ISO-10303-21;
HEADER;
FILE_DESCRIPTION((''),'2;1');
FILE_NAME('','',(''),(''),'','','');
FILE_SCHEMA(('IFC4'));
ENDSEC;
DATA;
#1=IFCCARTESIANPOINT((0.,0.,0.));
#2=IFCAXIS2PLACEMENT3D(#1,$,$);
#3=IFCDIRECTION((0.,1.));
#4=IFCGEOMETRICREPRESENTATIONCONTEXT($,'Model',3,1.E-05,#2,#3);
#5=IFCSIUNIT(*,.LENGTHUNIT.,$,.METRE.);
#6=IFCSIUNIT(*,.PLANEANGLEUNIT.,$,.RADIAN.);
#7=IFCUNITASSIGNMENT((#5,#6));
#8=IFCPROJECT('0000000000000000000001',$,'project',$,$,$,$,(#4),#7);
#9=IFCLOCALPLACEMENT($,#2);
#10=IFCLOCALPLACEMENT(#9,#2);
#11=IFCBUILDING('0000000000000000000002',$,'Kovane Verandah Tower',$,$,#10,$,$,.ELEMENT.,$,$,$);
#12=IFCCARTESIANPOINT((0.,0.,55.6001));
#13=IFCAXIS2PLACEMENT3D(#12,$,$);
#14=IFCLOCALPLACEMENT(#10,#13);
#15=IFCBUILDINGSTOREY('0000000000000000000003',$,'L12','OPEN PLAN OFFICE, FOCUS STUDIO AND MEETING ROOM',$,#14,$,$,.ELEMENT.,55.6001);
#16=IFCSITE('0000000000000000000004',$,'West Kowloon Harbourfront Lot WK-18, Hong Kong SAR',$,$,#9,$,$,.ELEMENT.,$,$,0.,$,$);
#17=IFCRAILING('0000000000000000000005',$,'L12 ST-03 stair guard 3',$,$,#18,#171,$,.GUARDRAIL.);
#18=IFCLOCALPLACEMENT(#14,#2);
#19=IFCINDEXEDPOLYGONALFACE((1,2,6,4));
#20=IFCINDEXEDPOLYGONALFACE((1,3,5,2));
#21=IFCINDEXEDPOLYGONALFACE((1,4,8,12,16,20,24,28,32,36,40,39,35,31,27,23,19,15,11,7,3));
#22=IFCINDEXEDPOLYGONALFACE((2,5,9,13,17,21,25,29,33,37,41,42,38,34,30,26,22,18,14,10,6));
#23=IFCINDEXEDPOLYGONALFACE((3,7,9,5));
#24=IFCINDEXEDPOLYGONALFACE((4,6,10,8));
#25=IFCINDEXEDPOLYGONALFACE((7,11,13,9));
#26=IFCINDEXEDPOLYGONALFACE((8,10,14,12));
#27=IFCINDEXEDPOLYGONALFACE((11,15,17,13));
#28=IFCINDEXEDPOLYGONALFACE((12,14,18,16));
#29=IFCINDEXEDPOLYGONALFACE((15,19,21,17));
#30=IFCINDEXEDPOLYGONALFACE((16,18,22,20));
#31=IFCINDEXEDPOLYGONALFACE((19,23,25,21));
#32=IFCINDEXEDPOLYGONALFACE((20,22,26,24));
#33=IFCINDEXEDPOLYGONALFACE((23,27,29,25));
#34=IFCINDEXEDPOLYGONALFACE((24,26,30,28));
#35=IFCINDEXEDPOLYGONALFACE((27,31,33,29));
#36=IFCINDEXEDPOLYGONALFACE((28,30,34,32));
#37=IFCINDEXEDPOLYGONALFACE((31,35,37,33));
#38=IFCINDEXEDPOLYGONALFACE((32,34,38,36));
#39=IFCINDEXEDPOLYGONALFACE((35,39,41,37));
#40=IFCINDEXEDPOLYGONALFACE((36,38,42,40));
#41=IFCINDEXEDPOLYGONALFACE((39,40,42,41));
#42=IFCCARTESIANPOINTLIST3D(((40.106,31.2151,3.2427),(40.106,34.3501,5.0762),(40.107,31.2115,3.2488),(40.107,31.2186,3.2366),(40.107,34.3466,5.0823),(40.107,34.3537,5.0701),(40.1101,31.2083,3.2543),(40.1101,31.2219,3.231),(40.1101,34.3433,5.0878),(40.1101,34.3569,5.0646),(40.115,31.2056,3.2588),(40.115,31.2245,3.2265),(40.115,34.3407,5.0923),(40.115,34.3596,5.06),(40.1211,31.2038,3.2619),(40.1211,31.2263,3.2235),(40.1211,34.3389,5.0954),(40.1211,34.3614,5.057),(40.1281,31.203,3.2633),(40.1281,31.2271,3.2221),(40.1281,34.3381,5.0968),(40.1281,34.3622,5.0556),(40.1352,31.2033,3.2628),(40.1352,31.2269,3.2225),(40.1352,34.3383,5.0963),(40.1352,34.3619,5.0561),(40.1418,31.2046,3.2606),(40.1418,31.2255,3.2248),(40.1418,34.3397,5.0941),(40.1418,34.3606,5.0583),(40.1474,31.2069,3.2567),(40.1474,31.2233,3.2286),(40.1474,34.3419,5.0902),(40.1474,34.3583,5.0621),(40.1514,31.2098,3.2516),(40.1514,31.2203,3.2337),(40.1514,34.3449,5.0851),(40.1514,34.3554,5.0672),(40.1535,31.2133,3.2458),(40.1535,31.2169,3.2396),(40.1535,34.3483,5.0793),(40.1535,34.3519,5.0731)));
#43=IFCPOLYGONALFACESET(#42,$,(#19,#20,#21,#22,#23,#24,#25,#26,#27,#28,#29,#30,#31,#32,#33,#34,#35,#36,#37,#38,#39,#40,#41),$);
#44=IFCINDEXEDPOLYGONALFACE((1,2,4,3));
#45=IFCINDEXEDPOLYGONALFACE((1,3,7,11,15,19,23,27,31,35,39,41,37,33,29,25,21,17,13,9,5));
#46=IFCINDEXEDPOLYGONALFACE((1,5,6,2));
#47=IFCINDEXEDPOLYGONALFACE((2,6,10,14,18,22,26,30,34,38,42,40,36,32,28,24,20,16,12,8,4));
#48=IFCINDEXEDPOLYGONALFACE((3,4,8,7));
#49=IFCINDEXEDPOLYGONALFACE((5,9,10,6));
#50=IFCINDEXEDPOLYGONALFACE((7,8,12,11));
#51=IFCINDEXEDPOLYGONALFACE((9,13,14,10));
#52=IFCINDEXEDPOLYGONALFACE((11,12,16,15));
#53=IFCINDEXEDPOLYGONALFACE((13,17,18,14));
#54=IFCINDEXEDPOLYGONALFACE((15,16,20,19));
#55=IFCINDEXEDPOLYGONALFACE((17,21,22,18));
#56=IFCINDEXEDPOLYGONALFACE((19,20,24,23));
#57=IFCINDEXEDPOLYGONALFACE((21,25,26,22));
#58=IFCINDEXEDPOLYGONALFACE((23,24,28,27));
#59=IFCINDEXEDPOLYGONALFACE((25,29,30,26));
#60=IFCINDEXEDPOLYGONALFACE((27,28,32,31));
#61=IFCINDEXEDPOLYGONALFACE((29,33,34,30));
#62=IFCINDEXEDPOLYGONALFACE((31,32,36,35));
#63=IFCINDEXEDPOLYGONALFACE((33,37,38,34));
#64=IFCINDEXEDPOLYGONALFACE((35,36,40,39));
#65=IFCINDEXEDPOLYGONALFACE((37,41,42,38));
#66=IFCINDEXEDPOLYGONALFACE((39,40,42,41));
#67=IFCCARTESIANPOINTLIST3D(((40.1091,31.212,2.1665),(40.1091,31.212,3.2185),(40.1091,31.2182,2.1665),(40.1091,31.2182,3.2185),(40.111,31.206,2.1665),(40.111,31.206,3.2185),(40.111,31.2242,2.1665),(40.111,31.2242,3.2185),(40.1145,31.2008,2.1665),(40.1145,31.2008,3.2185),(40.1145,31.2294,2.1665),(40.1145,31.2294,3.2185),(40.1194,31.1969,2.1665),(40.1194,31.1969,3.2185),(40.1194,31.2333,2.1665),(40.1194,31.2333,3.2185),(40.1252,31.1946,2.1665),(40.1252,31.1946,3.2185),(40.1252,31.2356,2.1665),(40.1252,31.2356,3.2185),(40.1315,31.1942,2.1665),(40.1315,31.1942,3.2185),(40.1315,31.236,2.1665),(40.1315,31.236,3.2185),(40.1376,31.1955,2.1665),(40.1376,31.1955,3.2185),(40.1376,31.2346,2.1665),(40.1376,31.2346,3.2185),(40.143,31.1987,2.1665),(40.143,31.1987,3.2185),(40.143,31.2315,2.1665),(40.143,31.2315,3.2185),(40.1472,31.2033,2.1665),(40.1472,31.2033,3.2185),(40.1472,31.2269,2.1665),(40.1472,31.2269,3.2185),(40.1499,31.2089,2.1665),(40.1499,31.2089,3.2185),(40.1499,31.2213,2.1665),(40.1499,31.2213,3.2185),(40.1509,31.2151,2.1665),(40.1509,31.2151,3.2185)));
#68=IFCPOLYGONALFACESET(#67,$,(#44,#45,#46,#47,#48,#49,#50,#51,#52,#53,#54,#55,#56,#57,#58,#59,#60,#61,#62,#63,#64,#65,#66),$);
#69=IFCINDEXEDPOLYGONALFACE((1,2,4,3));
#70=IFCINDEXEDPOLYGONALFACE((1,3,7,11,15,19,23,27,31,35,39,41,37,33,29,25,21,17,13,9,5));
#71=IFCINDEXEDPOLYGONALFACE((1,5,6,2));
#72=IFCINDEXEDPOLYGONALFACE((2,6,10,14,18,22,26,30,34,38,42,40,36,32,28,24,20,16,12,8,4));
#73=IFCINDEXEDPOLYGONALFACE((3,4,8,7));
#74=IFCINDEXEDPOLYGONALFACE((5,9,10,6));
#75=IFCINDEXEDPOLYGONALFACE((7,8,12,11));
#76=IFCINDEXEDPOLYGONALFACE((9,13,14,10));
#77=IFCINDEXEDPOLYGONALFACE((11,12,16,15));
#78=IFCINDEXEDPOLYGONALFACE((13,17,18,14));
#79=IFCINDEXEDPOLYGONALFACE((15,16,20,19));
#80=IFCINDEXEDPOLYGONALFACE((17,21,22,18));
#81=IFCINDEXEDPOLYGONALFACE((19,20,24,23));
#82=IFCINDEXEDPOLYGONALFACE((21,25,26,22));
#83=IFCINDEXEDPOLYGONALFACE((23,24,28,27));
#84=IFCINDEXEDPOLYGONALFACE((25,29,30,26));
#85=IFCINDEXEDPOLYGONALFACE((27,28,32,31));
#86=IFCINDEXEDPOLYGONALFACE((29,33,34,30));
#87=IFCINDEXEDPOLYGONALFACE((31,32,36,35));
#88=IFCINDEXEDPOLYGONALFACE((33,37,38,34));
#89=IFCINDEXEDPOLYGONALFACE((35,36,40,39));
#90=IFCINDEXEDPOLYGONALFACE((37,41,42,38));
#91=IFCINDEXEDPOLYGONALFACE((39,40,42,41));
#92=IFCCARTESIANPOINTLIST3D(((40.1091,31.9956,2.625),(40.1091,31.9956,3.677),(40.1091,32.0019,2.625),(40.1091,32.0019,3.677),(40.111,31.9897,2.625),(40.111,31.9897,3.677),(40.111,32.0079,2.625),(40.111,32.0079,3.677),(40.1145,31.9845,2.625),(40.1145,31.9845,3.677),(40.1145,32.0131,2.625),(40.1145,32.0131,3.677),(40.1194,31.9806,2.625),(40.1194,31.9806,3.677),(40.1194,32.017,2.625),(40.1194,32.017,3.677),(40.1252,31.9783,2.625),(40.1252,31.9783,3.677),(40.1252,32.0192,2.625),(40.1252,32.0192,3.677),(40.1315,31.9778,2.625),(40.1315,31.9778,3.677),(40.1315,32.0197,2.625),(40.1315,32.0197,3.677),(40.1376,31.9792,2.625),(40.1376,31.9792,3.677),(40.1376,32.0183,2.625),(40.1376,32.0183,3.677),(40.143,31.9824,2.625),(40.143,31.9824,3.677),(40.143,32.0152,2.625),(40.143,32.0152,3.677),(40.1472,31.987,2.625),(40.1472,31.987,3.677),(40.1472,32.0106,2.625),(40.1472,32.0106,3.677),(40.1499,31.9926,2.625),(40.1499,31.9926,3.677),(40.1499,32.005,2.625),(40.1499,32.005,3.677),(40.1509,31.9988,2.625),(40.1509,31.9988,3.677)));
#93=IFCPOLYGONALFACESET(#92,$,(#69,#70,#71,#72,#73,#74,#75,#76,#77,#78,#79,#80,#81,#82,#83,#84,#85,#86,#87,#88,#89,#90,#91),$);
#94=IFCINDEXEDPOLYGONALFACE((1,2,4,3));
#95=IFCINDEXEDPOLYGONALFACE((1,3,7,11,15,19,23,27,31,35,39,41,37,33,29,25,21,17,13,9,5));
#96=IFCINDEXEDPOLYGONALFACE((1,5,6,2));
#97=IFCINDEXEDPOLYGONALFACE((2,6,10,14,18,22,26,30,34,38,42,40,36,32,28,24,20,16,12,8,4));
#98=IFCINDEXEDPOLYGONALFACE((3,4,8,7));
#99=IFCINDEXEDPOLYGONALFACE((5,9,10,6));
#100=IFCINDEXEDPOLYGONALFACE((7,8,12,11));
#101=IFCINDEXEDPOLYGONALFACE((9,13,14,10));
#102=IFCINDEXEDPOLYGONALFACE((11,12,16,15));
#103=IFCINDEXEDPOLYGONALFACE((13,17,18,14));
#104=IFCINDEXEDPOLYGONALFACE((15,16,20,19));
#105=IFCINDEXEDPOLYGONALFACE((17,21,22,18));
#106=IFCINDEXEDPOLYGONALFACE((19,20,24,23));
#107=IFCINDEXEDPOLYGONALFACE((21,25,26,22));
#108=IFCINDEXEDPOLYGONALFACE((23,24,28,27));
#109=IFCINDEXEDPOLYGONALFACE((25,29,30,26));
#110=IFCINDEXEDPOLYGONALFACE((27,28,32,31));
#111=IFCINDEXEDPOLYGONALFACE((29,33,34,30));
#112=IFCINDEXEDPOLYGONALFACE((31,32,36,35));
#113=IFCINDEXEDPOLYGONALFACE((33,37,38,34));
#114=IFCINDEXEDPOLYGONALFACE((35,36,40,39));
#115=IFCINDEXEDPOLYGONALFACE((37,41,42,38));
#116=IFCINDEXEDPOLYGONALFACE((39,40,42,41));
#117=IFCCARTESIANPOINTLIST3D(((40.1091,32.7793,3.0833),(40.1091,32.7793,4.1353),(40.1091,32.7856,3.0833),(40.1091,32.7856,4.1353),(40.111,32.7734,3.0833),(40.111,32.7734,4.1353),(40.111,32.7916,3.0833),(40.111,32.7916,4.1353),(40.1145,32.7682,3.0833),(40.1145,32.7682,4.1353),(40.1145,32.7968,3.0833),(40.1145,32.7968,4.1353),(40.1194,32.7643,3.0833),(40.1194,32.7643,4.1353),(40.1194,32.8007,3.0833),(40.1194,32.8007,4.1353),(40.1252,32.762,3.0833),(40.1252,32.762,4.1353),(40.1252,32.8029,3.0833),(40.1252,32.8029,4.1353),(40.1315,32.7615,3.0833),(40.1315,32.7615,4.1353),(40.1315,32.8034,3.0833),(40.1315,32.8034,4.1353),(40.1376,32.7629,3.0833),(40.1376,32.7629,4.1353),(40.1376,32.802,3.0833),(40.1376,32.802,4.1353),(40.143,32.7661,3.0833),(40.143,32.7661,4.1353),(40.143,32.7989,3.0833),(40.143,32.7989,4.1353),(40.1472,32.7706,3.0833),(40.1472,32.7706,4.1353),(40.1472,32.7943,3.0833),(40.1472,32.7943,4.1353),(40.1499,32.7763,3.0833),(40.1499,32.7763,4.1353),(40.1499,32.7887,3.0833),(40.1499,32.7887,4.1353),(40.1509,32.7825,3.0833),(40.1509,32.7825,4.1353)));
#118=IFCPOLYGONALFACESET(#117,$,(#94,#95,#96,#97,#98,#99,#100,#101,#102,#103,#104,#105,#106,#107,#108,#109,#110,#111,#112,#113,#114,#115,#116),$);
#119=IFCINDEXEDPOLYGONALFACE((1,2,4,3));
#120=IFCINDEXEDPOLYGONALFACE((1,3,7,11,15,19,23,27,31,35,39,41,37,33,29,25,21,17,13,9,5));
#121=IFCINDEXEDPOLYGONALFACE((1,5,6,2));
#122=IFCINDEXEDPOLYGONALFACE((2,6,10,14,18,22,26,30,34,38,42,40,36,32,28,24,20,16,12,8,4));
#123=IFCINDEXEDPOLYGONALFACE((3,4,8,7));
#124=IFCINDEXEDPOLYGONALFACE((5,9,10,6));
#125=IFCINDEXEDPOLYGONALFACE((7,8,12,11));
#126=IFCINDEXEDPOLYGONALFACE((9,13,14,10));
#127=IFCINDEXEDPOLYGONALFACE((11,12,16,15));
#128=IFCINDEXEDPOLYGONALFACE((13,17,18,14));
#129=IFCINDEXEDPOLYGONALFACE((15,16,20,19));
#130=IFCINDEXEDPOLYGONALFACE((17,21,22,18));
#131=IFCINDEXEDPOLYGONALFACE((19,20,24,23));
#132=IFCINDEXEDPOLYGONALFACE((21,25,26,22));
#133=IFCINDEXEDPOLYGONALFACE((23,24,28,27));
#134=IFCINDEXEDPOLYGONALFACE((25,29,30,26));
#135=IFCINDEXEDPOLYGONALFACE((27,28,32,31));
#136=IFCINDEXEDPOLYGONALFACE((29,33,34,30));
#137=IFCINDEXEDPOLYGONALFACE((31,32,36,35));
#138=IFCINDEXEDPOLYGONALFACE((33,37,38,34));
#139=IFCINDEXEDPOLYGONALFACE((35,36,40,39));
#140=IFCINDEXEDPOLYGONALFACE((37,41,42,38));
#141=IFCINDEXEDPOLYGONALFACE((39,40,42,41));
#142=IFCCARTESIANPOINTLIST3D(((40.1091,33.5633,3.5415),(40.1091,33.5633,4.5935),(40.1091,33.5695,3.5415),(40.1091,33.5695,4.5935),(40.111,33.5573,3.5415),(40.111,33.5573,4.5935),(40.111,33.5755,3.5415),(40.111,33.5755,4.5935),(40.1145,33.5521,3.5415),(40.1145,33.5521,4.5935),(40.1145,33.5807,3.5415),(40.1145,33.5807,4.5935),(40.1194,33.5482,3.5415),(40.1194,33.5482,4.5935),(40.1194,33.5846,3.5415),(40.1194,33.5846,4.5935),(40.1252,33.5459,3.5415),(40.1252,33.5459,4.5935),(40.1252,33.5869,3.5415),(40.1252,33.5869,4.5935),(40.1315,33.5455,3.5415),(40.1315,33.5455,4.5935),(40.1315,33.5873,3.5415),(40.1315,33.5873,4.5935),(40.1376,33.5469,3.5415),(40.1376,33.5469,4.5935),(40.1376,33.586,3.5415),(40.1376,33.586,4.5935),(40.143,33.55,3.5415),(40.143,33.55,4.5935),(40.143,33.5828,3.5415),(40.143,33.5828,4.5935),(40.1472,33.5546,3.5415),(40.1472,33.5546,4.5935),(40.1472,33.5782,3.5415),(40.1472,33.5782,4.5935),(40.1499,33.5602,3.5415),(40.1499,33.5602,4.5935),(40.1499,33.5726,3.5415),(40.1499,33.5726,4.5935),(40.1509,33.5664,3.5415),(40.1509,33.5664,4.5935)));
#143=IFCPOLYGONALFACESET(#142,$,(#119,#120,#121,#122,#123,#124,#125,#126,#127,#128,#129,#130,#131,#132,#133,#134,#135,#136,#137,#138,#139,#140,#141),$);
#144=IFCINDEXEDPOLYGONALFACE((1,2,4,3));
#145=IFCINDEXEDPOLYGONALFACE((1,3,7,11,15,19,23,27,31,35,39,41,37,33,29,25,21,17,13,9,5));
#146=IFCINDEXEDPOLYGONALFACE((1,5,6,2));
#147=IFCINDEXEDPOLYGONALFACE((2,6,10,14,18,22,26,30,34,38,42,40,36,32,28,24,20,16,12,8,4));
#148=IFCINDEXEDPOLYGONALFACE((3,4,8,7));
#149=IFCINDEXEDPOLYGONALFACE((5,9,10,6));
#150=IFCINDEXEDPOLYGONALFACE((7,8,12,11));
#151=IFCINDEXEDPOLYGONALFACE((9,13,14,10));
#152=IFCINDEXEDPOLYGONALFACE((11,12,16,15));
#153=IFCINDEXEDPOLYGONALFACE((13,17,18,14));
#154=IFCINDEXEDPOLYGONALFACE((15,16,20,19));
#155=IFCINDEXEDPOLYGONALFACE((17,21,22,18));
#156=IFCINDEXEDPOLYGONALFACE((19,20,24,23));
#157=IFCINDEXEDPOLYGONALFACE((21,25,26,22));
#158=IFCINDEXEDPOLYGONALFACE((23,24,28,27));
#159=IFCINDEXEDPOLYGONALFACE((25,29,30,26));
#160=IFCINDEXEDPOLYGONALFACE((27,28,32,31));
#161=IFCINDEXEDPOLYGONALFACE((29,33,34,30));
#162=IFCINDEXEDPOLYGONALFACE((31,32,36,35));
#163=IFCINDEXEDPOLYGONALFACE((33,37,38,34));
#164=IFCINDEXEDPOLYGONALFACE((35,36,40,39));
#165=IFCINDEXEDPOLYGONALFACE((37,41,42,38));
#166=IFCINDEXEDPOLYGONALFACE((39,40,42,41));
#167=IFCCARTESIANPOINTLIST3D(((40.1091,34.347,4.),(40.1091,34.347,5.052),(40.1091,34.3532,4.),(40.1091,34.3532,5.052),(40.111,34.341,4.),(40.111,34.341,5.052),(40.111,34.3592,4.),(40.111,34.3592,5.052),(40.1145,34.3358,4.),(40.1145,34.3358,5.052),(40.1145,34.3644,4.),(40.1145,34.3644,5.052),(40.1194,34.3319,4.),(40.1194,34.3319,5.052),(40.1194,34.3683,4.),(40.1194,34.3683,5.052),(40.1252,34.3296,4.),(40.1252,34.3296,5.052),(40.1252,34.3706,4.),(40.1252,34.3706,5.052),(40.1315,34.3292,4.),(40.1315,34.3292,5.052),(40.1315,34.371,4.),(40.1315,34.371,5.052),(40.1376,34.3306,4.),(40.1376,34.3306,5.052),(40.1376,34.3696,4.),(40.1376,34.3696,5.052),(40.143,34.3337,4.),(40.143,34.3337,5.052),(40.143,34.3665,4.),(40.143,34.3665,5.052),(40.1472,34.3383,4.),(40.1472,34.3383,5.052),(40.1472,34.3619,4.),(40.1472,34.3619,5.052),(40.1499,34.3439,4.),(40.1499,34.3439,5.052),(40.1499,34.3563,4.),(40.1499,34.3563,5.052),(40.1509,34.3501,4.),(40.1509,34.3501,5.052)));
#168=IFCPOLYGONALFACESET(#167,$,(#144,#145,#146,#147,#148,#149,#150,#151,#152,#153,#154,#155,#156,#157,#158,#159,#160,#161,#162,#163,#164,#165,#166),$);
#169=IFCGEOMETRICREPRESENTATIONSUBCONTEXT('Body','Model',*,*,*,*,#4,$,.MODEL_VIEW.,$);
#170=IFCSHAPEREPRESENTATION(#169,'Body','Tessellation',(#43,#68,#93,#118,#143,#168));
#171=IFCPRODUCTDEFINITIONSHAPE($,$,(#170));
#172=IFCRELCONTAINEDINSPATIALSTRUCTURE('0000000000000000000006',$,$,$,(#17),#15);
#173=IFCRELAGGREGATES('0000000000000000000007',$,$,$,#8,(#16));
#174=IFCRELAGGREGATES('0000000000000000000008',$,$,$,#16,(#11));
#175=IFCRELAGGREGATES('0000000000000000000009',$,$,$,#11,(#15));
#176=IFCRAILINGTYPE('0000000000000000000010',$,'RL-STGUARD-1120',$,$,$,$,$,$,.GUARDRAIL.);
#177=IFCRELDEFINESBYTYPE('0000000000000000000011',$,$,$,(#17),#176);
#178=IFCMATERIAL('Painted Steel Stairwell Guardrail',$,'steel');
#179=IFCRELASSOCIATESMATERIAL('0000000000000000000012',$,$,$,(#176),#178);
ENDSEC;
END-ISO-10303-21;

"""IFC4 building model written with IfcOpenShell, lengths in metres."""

from ifc_helpers import new_model, si_unit, direction, frame, origin, origin_2d, place, context, subcontext, project, spatial, circle, extrude, material, type_object, element, save


model = new_model("IFC4")

# Units and contexts
model_context = context("Model", 3, precision=1e-05, world=origin(), true_north=direction((0.0, 1.0)))
body_context = subcontext(model_context, "Body", "Model", "MODEL_VIEW")
ifc_project = project(units=[si_unit("LENGTHUNIT", "METRE"), si_unit("PLANEANGLEUNIT", "RADIAN")], contexts=[model_context])

# Site, building, storey
site_placement = place(None, origin())
site = spatial("IfcSite", under=ifc_project, at=site_placement, Name="West Kowloon Harbourfront Lot WK-18, Hong Kong SAR", CompositionType="ELEMENT", RefElevation=0.0)
building_placement = place(site_placement, origin())
building = spatial("IfcBuilding", under=site, at=building_placement, Name="Kovane Verandah Tower", CompositionType="ELEMENT")
storey_placement = place(building_placement, frame((0.0, 0.0, 55.6001)))
storey = spatial("IfcBuildingStorey", under=building, at=storey_placement, Name="L12", Description="OPEN PLAN OFFICE, FOCUS STUDIO AND MEETING ROOM", CompositionType="ELEMENT", Elevation=55.6001)

# Railing
ifc_material_1 = material(Name="Painted Steel Stairwell Guardrail", Category="steel")
railing_type_1 = type_object("IfcRailingType", Name="RL-STGUARD-1120", PredefinedType="GUARDRAIL", material=ifc_material_1)
railing_1_placement = place(storey_placement, frame((40.1299, 31.2151, 2.1665)))
element("IfcRailing", 1, at=railing_1_placement, inside=storey, type_object=railing_type_1, Name="L12 ST-03 stair guard 3", PredefinedType="GUARDRAIL", context=body_context, shape_type="SweptSolid", body=[
    extrude(circle(Radius=0.0239, at=origin_2d()), frame((0.0, 0.0, 1.0762), z_axis=(0.0, 0.86321, 0.504845), x_axis=(-1.0, 0.0, 0.0)), (0.0, 0.0, 1.0), 3.6318),
    extrude(circle(Radius=0.021, at=origin_2d()), origin(), (0.0, 0.0, 1.0), 1.052),
    extrude(circle(Radius=0.021, at=origin_2d()), frame((0.0, 0.7837, 0.4585)), (0.0, 0.0, 1.0), 1.052),
    extrude(circle(Radius=0.021, at=origin_2d()), frame((0.0, 1.5674, 0.9167)), (0.0, 0.0, 1.0), 1.052),
    extrude(circle(Radius=0.021, at=origin_2d()), frame((0.0, 2.3513, 1.375)), (0.0, 0.0, 1.0), 1.052),
    extrude(circle(Radius=0.021, at=origin_2d()), frame((0.0, 3.135, 1.8335)), (0.0, 0.0, 1.0), 1.052),
])

save(model, "model.ifc")
